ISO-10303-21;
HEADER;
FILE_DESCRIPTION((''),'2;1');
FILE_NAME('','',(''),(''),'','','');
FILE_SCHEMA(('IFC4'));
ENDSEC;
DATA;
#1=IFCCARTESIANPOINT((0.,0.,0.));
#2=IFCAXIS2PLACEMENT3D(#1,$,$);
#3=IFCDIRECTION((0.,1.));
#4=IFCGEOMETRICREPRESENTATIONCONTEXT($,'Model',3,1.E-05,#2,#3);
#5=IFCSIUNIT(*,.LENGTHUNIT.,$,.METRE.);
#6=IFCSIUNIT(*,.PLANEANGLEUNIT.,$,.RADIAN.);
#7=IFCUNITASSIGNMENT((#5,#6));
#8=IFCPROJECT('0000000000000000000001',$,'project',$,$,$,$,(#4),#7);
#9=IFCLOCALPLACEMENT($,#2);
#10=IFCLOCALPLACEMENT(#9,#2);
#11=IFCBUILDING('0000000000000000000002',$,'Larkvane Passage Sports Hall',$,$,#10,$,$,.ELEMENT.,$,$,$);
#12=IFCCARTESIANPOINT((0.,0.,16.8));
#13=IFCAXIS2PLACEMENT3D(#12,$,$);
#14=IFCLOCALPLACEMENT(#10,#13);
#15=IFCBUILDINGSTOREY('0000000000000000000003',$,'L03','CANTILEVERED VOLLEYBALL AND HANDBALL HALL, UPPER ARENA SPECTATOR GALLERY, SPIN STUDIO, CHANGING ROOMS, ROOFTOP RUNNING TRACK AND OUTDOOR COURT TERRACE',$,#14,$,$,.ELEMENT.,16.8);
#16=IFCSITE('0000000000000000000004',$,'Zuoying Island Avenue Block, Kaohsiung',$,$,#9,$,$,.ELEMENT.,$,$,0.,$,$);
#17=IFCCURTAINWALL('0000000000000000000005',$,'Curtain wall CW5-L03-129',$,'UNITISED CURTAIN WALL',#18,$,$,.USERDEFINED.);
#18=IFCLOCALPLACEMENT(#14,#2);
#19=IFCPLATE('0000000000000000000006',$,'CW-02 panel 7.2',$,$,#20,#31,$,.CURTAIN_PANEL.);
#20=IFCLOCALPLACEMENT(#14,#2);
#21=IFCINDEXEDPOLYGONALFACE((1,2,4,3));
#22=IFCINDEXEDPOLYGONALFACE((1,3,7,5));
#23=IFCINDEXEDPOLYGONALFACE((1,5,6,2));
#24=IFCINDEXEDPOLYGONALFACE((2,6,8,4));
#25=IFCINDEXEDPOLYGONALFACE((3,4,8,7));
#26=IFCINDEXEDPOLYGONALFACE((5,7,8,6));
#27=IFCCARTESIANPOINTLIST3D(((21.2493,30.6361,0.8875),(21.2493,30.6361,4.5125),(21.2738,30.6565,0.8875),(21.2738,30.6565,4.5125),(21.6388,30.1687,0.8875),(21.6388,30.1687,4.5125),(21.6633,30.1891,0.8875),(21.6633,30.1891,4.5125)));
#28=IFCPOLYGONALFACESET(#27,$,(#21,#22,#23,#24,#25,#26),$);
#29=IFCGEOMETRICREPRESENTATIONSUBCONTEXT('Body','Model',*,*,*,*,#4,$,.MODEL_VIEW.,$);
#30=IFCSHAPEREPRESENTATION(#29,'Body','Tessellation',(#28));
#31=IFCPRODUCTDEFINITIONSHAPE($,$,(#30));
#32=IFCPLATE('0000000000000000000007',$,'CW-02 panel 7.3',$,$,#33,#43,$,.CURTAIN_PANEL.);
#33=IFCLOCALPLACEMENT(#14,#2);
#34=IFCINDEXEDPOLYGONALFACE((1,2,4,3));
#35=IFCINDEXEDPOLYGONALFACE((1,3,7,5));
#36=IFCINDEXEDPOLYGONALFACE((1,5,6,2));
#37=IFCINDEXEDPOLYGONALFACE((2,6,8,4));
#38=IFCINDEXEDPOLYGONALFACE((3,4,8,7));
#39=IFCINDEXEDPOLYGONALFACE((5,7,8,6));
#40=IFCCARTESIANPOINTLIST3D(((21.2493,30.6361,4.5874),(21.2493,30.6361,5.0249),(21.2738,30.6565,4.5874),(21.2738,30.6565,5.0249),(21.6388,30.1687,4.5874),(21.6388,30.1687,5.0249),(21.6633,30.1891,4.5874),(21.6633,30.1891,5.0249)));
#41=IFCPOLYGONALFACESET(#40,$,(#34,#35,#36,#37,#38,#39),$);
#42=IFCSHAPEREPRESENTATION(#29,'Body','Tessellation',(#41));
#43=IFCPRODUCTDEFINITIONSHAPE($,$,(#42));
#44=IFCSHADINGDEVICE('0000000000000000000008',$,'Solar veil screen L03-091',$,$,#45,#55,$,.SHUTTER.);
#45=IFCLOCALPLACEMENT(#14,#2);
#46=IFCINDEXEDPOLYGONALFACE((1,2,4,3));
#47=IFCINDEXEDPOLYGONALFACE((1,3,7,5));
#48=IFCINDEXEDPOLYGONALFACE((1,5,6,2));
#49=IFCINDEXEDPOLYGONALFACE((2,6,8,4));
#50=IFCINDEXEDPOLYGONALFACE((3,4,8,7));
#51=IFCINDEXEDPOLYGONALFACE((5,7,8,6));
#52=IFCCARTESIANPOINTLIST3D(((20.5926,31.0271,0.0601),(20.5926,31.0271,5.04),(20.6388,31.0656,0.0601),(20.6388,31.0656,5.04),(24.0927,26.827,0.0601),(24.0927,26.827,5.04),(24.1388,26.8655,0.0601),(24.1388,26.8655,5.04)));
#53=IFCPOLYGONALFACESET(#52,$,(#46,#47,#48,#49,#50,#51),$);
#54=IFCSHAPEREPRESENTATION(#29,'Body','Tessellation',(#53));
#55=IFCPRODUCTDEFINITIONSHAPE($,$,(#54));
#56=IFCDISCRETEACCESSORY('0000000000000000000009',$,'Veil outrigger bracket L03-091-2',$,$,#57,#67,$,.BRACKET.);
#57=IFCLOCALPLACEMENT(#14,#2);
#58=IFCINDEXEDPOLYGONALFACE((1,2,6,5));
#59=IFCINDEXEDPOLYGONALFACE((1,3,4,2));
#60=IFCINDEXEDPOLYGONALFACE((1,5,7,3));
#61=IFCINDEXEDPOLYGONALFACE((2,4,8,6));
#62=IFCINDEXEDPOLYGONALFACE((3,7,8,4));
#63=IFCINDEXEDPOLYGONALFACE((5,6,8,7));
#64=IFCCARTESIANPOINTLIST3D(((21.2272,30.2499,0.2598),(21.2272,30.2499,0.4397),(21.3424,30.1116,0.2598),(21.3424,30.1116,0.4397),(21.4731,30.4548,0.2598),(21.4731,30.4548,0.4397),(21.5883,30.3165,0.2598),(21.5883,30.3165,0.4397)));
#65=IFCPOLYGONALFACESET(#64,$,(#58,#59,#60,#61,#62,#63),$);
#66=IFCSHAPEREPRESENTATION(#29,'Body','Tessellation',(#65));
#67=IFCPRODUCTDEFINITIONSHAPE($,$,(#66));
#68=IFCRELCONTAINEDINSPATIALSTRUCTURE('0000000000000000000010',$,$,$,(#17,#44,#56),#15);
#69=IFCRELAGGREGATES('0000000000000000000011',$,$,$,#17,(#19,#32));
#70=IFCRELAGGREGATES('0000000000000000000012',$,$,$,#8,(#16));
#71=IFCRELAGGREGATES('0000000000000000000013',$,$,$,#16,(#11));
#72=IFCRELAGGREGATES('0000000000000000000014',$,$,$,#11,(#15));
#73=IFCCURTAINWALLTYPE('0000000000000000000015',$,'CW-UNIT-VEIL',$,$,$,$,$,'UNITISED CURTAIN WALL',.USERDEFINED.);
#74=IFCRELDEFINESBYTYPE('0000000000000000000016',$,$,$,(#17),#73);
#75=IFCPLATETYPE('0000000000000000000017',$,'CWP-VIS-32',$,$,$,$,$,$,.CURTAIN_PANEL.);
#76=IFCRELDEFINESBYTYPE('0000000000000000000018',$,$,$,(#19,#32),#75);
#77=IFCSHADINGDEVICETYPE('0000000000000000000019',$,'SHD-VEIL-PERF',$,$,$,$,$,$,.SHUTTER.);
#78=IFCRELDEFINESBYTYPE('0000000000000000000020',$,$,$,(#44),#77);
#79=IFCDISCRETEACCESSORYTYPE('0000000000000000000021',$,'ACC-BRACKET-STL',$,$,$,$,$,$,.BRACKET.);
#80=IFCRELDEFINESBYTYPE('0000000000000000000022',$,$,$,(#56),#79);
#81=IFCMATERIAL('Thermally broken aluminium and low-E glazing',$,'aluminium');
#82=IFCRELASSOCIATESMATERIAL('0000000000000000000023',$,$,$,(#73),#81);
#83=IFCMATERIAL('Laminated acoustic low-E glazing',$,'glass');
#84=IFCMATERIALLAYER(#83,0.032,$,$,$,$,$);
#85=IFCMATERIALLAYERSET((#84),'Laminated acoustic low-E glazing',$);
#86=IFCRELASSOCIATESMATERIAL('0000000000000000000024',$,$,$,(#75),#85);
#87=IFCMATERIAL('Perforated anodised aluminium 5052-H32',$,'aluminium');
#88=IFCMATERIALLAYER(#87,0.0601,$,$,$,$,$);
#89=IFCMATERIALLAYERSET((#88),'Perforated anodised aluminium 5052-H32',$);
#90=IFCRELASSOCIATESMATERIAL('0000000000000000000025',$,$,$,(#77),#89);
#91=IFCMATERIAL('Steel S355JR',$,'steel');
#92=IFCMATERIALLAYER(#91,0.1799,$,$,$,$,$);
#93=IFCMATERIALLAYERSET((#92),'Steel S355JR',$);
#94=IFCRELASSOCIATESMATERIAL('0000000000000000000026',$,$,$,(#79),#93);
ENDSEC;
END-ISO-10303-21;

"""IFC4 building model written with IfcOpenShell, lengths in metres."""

from ifc_helpers import new_model, si_unit, direction, frame, origin, origin_2d, place, context, subcontext, project, spatial, rectangle, extrude, material, layer, layer_set, type_object, element, aggregate, save


model = new_model("IFC4")

# Units and contexts
model_context = context("Model", 3, precision=1e-05, world=origin(), true_north=direction((0.0, 1.0)))
body_context = subcontext(model_context, "Body", "Model", "MODEL_VIEW")
ifc_project = project(units=[si_unit("LENGTHUNIT", "METRE"), si_unit("PLANEANGLEUNIT", "RADIAN")], contexts=[model_context])

# Site, building, storey
site_placement = place(None, origin())
site = spatial("IfcSite", under=ifc_project, at=site_placement, Name="Zuoying Island Avenue Block, Kaohsiung", CompositionType="ELEMENT", RefElevation=0.0)
building_placement = place(site_placement, origin())
building = spatial("IfcBuilding", under=site, at=building_placement, Name="Larkvane Passage Sports Hall", CompositionType="ELEMENT")
storey_placement = place(building_placement, frame((0.0, 0.0, 16.8)))
storey = spatial("IfcBuildingStorey", under=building, at=storey_placement, Name="L03", Description="CANTILEVERED VOLLEYBALL AND HANDBALL HALL, UPPER ARENA SPECTATOR GALLERY, SPIN STUDIO, CHANGING ROOMS, ROOFTOP RUNNING TRACK AND OUTDOOR COURT TERRACE", CompositionType="ELEMENT", Elevation=16.8)

# Curtain wall, plates
ifc_material_1 = material(Name="Thermally broken aluminium and low-E glazing", Category="aluminium")
curtain_wall_type = type_object("IfcCurtainWallType", Name="CW-UNIT-VEIL", ElementType="UNITISED CURTAIN WALL", PredefinedType="USERDEFINED", material=ifc_material_1)
curtain_wall_placement = place(storey_placement, origin())
curtain_wall = element("IfcCurtainWall", 1, at=curtain_wall_placement, inside=storey, type_object=curtain_wall_type, Name="Curtain wall CW5-L03-129", ObjectType="UNITISED CURTAIN WALL", PredefinedType="USERDEFINED")
ifc_material_2 = material(Name="Laminated acoustic low-E glazing", Category="glass")
ifc_layer_1 = layer(ifc_material_2, 0.032)
ifc_layer_set_1 = layer_set([ifc_layer_1], Name="Laminated acoustic low-E glazing")
plate_type_1 = type_object("IfcPlateType", Name="CWP-VIS-32", PredefinedType="CURTAIN_PANEL", material=ifc_layer_set_1)
plate_1_placement = place(storey_placement, frame((21.4563, 30.4126, 0.8875), z_axis=(0.0, 0.0, 1.0), x_axis=(-0.640184, 0.768221, 0.0)))
plate_1 = element("IfcPlate", 2, at=plate_1_placement, type_object=plate_type_1, Name="CW-02 panel 7.2", PredefinedType="CURTAIN_PANEL", context=body_context, shape_type="SweptSolid", body=[
    extrude(rectangle(XDim=0.6084, YDim=0.032, at=origin_2d()), origin(), (0.0, 0.0, 1.0), 3.625),
])
plate_2_placement = place(storey_placement, frame((21.4563, 30.4126, 4.5874), z_axis=(0.0, 0.0, 1.0), x_axis=(-0.640184, 0.768221, 0.0)))
plate_2 = element("IfcPlate", 3, at=plate_2_placement, type_object=plate_type_1, Name="CW-02 panel 7.3", PredefinedType="CURTAIN_PANEL", context=body_context, shape_type="SweptSolid", body=[
    extrude(rectangle(XDim=0.6084, YDim=0.032, at=origin_2d()), origin(), (0.0, 0.0, 1.0), 0.4375),
])
aggregate(curtain_wall, [plate_1, plate_2])

# Shading device
ifc_material_3 = material(Name="Perforated anodised aluminium 5052-H32", Category="aluminium")
ifc_layer_2 = layer(ifc_material_3, 0.0601)
ifc_layer_set_2 = layer_set([ifc_layer_2], Name="Perforated anodised aluminium 5052-H32")
shading_device_type = type_object("IfcShadingDeviceType", Name="SHD-VEIL-PERF", PredefinedType="SHUTTER", material=ifc_layer_set_2)
shading_device_placement = place(storey_placement, frame((22.3657, 28.9463, 0.0601), z_axis=(0.0, 0.0, 1.0), x_axis=(-0.640184, 0.768221, 0.0)))
element("IfcShadingDevice", 4, at=shading_device_placement, inside=storey, type_object=shading_device_type, Name="Solar veil screen L03-091", PredefinedType="SHUTTER", context=body_context, shape_type="SweptSolid", body=[
    extrude(rectangle(XDim=5.4673, YDim=0.0601, at=origin_2d()), origin(), (0.0, 0.0, 1.0), 4.98),
])

# Discrete accessory
ifc_material_4 = material(Name="Steel S355JR", Category="steel")
ifc_layer_3 = layer(ifc_material_4, 0.1799)
ifc_layer_set_3 = layer_set([ifc_layer_3], Name="Steel S355JR")
discrete_accessory_type = type_object("IfcDiscreteAccessoryType", Name="ACC-BRACKET-STL", PredefinedType="BRACKET", material=ifc_layer_set_3)
discrete_accessory_placement = place(storey_placement, frame((21.4077, 30.2832, 0.2598), z_axis=(0.0, 0.0, 1.0), x_axis=(-0.640184, 0.768221, 0.0)))
element("IfcDiscreteAccessory", 5, at=discrete_accessory_placement, inside=storey, type_object=discrete_accessory_type, Name="Veil outrigger bracket L03-091-2", PredefinedType="BRACKET", context=body_context, shape_type="SweptSolid", body=[
    extrude(rectangle(XDim=0.1799, YDim=0.3201, at=origin_2d()), origin(), (0.0, 0.0, 1.0), 0.1799),
])

save(model, "model.ifc")
